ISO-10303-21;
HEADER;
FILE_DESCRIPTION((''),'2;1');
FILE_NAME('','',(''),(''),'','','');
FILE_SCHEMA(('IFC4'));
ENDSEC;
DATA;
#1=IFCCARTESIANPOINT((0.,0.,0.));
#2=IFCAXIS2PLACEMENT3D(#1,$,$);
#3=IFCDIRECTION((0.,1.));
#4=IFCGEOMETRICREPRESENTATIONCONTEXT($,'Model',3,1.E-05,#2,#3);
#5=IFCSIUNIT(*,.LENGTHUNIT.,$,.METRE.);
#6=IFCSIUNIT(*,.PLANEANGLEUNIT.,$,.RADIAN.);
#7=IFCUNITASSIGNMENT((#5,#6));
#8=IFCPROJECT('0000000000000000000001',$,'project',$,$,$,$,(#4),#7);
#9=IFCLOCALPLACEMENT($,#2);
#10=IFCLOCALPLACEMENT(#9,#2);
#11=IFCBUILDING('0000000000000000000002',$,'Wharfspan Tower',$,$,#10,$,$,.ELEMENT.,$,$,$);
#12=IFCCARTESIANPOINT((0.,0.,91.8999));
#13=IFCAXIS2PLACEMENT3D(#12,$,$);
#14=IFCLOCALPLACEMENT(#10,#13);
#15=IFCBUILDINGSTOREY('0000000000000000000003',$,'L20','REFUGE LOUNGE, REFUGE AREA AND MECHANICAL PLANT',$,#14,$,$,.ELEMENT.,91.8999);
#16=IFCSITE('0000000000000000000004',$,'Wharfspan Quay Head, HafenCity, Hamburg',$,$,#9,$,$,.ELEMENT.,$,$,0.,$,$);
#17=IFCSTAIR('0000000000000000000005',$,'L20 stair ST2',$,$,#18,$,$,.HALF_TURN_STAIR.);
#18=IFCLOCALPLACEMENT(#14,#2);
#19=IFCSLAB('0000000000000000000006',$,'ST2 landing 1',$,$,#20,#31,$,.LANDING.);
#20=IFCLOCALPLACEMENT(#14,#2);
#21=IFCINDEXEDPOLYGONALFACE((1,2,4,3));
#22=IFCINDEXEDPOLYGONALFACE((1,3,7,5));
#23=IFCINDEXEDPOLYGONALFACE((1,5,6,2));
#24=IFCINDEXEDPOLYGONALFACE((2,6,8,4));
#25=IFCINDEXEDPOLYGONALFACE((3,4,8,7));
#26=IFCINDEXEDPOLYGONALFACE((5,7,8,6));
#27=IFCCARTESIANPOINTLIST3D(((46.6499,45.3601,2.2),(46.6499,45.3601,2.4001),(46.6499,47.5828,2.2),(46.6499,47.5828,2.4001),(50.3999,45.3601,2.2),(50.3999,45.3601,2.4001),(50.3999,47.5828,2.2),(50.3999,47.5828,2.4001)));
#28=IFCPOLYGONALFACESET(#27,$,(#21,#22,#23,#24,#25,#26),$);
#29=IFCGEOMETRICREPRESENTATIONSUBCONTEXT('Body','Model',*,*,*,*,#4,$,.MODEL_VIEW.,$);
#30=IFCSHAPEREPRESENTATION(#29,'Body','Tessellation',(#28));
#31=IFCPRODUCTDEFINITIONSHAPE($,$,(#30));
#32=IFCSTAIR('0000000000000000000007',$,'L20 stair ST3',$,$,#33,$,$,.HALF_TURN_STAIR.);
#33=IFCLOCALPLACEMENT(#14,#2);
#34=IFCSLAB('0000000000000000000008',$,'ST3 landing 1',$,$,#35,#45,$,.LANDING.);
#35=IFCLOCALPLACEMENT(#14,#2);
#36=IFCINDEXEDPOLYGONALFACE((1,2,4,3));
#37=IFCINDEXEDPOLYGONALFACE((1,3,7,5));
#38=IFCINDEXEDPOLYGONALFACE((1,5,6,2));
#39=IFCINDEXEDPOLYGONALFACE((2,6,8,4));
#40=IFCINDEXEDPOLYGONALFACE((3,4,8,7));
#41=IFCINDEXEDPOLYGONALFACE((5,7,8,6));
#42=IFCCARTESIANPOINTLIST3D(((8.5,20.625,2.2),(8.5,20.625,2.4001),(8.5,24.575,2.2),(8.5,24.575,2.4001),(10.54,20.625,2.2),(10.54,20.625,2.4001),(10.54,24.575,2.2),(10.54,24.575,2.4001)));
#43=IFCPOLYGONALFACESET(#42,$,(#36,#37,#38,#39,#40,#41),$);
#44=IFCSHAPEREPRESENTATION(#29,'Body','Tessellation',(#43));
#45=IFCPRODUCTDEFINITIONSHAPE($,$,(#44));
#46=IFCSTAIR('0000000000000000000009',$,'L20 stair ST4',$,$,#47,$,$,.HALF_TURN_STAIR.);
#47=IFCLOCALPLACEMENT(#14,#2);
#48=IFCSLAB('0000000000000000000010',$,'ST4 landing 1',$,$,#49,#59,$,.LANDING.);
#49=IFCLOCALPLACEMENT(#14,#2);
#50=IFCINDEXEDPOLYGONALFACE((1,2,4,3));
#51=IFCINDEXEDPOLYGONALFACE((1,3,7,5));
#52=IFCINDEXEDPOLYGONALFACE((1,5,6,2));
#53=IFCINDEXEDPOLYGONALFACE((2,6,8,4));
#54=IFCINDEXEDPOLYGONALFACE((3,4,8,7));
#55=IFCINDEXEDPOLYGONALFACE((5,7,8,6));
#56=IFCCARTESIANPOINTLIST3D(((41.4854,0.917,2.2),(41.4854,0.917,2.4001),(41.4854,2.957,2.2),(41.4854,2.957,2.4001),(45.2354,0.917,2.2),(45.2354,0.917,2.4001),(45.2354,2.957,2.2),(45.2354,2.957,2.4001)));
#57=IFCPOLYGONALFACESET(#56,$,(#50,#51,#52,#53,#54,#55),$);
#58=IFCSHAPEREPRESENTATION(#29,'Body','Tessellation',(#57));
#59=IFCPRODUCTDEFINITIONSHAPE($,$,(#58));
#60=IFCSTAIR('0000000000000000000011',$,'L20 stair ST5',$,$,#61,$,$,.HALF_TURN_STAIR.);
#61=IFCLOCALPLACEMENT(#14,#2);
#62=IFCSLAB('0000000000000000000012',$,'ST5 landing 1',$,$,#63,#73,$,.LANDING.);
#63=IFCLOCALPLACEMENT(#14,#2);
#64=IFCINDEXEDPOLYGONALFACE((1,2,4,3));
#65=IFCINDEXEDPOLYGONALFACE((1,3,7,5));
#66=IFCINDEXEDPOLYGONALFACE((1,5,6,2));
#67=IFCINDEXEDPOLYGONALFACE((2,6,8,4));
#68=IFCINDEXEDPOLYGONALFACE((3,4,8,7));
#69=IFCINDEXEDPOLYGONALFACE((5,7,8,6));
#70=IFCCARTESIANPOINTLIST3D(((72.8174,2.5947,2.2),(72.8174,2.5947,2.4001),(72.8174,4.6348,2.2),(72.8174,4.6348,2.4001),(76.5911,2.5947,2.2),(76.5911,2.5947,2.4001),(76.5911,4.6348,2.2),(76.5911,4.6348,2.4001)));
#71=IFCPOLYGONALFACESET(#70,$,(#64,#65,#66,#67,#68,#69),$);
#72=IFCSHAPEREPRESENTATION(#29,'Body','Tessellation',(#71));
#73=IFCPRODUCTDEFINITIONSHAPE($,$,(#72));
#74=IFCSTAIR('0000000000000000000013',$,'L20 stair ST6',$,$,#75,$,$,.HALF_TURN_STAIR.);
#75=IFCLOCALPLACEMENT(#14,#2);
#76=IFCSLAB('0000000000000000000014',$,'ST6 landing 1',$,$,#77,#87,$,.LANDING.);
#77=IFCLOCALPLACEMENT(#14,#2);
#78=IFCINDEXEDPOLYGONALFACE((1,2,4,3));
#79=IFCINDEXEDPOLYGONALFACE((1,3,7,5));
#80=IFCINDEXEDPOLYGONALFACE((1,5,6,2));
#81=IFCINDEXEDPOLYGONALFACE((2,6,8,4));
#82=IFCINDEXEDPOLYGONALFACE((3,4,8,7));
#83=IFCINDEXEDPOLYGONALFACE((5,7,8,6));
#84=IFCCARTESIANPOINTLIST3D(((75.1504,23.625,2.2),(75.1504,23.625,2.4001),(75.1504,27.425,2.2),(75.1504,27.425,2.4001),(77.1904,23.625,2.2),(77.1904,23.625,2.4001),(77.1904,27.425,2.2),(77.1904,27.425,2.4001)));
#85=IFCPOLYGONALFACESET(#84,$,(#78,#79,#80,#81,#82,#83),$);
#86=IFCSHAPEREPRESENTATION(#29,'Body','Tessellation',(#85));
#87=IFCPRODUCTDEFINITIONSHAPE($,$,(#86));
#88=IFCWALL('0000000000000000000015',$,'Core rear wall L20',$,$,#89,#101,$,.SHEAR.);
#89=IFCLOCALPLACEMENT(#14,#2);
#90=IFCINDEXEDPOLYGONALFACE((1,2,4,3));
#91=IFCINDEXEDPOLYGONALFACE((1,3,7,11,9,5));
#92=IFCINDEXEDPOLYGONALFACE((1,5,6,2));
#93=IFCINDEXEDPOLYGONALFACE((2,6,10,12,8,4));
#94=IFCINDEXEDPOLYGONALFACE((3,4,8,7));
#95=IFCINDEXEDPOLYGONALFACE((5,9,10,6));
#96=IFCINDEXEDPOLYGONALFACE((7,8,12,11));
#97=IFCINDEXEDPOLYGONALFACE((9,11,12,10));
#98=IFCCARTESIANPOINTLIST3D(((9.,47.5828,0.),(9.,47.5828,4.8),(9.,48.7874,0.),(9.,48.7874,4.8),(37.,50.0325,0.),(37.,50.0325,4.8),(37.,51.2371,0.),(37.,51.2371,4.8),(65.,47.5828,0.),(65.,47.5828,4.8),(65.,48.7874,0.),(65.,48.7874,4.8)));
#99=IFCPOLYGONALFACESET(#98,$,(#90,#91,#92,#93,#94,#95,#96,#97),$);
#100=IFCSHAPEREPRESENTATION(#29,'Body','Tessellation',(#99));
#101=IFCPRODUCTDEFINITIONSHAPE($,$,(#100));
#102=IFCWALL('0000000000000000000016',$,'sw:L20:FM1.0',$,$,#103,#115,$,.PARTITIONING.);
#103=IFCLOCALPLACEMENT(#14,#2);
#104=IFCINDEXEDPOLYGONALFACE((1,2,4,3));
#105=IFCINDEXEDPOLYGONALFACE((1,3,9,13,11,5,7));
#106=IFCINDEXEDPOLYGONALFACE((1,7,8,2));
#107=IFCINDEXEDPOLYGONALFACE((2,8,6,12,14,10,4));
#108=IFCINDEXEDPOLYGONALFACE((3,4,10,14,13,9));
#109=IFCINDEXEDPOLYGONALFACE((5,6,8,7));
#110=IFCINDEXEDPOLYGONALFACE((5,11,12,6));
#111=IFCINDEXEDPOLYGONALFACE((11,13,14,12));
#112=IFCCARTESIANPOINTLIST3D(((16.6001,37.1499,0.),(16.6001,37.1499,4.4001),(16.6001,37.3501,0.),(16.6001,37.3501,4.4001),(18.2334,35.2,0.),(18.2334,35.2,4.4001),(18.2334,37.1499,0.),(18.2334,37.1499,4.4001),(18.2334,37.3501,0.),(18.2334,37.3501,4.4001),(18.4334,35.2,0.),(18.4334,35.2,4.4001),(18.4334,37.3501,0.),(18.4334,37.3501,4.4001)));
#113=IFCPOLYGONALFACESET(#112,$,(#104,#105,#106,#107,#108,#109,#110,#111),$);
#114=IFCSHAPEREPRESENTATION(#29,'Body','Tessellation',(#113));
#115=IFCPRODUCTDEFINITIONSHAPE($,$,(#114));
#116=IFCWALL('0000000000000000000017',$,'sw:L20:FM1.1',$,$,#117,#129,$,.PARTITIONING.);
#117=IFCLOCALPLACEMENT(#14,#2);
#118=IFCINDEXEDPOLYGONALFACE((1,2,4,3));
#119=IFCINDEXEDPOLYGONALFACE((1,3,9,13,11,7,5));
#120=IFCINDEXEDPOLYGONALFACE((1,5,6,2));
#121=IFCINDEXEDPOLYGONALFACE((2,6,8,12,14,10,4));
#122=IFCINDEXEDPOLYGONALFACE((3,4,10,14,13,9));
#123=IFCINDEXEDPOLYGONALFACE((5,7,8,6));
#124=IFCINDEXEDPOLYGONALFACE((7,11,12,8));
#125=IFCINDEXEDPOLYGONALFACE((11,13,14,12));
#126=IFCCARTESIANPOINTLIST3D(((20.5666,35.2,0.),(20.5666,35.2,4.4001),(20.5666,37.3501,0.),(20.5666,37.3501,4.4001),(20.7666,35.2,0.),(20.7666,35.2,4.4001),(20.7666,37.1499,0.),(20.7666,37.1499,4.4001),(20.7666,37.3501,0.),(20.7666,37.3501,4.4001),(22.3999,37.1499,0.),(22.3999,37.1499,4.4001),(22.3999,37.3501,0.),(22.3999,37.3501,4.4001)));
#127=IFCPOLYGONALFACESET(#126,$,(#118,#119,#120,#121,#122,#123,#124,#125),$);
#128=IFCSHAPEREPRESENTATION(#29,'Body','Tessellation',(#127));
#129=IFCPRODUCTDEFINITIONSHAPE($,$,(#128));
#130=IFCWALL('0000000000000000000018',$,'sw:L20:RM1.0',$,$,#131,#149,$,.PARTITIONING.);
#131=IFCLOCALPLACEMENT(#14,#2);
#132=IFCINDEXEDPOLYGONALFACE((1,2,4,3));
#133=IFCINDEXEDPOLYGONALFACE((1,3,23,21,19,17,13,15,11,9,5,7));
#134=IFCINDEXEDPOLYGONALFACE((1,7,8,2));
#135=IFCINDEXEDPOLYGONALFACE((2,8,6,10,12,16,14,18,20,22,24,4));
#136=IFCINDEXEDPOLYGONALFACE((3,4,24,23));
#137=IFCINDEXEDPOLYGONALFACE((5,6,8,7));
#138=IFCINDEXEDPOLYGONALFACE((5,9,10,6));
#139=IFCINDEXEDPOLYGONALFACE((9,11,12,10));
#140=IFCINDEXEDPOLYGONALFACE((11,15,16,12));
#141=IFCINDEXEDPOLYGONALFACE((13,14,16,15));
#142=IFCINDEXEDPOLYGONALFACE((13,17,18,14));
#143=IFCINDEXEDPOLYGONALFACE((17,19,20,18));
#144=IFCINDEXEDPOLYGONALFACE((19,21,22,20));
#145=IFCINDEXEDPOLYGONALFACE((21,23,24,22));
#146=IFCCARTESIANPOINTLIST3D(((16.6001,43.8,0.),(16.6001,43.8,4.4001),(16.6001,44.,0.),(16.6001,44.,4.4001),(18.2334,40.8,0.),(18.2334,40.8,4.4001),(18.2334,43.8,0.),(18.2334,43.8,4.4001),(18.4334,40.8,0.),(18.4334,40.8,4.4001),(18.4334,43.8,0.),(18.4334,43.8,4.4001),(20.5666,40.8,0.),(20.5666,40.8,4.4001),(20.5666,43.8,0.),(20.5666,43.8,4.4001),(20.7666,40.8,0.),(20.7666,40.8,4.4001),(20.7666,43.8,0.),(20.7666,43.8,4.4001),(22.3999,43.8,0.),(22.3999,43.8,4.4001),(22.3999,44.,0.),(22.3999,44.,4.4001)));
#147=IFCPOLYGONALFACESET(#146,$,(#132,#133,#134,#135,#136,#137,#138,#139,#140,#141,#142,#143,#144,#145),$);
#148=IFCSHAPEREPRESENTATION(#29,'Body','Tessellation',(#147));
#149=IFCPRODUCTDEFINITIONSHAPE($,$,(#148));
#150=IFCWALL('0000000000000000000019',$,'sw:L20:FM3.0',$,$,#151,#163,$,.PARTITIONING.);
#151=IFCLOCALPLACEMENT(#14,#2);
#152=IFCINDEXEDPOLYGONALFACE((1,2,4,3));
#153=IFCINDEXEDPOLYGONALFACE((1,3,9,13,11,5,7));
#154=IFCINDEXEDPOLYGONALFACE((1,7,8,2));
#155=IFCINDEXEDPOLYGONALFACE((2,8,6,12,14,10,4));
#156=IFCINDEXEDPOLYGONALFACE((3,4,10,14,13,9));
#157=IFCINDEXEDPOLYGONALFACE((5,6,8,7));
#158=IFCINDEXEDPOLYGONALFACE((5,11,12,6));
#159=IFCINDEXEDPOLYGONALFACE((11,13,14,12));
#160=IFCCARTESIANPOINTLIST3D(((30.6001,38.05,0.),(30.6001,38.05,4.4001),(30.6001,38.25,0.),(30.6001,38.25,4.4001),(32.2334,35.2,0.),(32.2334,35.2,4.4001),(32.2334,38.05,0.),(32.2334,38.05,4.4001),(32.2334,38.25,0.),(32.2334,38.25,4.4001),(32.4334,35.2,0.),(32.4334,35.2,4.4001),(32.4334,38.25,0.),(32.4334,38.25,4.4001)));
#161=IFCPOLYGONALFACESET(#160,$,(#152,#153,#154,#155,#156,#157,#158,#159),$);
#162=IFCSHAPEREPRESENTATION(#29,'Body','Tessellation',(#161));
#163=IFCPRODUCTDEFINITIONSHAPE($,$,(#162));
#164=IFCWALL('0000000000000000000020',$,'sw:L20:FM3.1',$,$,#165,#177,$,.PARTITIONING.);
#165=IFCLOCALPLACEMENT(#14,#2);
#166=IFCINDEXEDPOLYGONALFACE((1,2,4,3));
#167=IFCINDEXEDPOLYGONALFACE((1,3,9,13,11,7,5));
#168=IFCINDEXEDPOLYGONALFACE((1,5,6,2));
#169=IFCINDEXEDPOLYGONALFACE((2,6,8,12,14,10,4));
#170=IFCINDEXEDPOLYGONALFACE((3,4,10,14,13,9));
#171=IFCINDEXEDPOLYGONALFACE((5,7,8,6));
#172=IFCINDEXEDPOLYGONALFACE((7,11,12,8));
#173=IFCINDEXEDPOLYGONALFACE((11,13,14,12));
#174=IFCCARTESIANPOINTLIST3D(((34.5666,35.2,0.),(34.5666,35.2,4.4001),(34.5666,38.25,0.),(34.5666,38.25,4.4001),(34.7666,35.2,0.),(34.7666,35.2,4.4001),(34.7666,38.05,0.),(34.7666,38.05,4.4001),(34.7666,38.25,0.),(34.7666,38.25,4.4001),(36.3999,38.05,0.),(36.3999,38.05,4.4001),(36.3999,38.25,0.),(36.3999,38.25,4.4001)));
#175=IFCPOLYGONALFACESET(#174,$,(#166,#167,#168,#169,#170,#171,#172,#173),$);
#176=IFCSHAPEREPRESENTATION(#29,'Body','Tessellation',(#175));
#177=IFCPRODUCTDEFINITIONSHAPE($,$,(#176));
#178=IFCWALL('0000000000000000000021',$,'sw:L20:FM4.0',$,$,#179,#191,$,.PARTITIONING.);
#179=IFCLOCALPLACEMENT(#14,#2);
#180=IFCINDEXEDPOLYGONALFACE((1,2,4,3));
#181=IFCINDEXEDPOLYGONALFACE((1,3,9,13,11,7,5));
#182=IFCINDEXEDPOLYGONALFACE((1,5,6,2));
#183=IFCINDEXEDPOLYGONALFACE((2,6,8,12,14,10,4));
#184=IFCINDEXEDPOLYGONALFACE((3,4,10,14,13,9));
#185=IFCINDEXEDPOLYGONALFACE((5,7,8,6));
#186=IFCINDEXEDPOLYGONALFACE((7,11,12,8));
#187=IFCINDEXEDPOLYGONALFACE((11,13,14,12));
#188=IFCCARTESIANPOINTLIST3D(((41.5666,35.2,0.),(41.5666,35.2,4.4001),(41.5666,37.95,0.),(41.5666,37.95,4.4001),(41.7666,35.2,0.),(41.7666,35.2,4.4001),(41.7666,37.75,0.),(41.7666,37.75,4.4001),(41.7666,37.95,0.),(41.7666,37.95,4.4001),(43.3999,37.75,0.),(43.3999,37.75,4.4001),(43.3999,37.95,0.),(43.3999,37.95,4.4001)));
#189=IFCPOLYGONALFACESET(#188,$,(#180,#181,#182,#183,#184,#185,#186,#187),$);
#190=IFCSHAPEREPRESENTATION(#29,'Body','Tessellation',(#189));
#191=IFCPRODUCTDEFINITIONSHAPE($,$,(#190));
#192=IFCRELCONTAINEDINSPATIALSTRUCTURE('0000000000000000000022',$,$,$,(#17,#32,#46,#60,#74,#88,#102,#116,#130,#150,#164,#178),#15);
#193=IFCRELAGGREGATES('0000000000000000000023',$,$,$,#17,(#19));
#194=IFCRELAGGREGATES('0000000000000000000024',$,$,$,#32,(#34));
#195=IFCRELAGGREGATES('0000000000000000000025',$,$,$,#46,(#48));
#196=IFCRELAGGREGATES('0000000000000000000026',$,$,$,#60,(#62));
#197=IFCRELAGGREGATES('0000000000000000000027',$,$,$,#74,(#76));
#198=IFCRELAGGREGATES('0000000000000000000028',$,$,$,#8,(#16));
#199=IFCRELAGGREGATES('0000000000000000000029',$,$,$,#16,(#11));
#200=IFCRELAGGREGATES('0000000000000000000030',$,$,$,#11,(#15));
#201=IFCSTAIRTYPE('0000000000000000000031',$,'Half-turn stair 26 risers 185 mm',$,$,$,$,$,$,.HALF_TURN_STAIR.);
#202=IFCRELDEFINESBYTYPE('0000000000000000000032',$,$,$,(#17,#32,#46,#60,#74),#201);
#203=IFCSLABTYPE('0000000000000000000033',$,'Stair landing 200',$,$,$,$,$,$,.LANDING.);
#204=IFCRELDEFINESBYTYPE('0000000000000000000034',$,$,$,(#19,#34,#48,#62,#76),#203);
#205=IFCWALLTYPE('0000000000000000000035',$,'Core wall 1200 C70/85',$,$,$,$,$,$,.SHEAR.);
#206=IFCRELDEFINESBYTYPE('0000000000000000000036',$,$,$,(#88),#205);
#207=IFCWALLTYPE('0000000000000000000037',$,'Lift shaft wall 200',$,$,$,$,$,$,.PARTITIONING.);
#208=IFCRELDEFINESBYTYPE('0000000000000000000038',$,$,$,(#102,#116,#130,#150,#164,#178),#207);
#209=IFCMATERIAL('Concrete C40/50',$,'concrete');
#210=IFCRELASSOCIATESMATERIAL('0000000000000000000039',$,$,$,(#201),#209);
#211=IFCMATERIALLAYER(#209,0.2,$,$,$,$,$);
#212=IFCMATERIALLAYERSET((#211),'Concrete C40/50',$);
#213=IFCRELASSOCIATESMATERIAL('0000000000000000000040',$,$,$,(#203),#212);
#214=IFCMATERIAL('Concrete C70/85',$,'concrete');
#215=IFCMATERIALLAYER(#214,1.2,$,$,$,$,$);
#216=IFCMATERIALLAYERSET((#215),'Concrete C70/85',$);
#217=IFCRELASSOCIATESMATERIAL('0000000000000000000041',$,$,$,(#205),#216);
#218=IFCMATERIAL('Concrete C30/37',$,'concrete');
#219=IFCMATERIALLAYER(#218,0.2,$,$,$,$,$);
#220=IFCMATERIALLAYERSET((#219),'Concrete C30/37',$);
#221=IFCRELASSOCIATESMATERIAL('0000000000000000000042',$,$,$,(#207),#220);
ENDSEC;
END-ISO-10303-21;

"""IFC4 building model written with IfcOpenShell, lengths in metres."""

from ifc_helpers import new_model, si_unit, direction, frame, origin, place, context, subcontext, project, spatial, polyline, outline, extrude, material, layer, layer_set, type_object, element, aggregate, save


model = new_model("IFC4")

# Units and contexts
model_context = context("Model", 3, precision=1e-05, world=origin(), true_north=direction((0.0, 1.0)))
body_context = subcontext(model_context, "Body", "Model", "MODEL_VIEW")
ifc_project = project(units=[si_unit("LENGTHUNIT", "METRE"), si_unit("PLANEANGLEUNIT", "RADIAN")], contexts=[model_context])

# Site, building, storey
site_placement = place(None, origin())
site = spatial("IfcSite", under=ifc_project, at=site_placement, Name="Wharfspan Quay Head, HafenCity, Hamburg", CompositionType="ELEMENT", RefElevation=0.0)
building_placement = place(site_placement, origin())
building = spatial("IfcBuilding", under=site, at=building_placement, Name="Wharfspan Tower", CompositionType="ELEMENT")
storey_placement = place(building_placement, frame((0.0, 0.0, 91.8999)))
storey = spatial("IfcBuildingStorey", under=building, at=storey_placement, Name="L20", Description="REFUGE LOUNGE, REFUGE AREA AND MECHANICAL PLANT", CompositionType="ELEMENT", Elevation=91.8999)

# Shared definitions
ifc_material_1 = material(Name="Concrete C40/50", Category="concrete")

# Stairs, slabs
stair_type = type_object("IfcStairType", Name="Half-turn stair 26 risers 185 mm", PredefinedType="HALF_TURN_STAIR", material=ifc_material_1)
ifc_layer_1 = layer(ifc_material_1, 0.2)
ifc_layer_set_1 = layer_set([ifc_layer_1], Name="Concrete C40/50")
slab_type_1 = type_object("IfcSlabType", Name="Stair landing 200", PredefinedType="LANDING", material=ifc_layer_set_1)
stair_1_placement = place(storey_placement, origin())
stair_1 = element("IfcStair", 1, at=stair_1_placement, inside=storey, type_object=stair_type, Name="L20 stair ST2", PredefinedType="HALF_TURN_STAIR")
slab_1_placement = place(storey_placement, frame((0.0, 0.0, 2.2)))
slab_1 = element("IfcSlab", 2, at=slab_1_placement, type_object=slab_type_1, Name="ST2 landing 1", PredefinedType="LANDING", context=body_context, shape_type="SweptSolid", body=[
    extrude(outline(polyline([(46.6499, 45.3601), (50.3999, 45.3601), (50.3999, 47.5828), (46.6499, 47.5828), (46.6499, 45.3601)])), origin(), (0.0, 0.0, 1.0), 0.2002),
])
aggregate(stair_1, [slab_1])
stair_2_placement = place(storey_placement, origin())
stair_2 = element("IfcStair", 3, at=stair_2_placement, inside=storey, type_object=stair_type, Name="L20 stair ST3", PredefinedType="HALF_TURN_STAIR")
slab_2_placement = place(storey_placement, frame((0.0, 0.0, 2.2)))
slab_2 = element("IfcSlab", 4, at=slab_2_placement, type_object=slab_type_1, Name="ST3 landing 1", PredefinedType="LANDING", context=body_context, shape_type="SweptSolid", body=[
    extrude(outline(polyline([(8.5, 20.625), (10.54, 20.625), (10.54, 24.575), (8.5, 24.575), (8.5, 20.625)])), origin(), (0.0, 0.0, 1.0), 0.2002),
])
aggregate(stair_2, [slab_2])
stair_3_placement = place(storey_placement, origin())
stair_3 = element("IfcStair", 5, at=stair_3_placement, inside=storey, type_object=stair_type, Name="L20 stair ST4", PredefinedType="HALF_TURN_STAIR")
slab_3_placement = place(storey_placement, frame((0.0, 0.0, 2.2)))
slab_3 = element("IfcSlab", 6, at=slab_3_placement, type_object=slab_type_1, Name="ST4 landing 1", PredefinedType="LANDING", context=body_context, shape_type="SweptSolid", body=[
    extrude(outline(polyline([(41.4854, 2.957), (41.4854, 0.917), (45.2354, 0.917), (45.2354, 2.957), (41.4854, 2.957)])), origin(), (0.0, 0.0, 1.0), 0.2002),
])
aggregate(stair_3, [slab_3])
stair_4_placement = place(storey_placement, origin())
stair_4 = element("IfcStair", 7, at=stair_4_placement, inside=storey, type_object=stair_type, Name="L20 stair ST5", PredefinedType="HALF_TURN_STAIR")
slab_4_placement = place(storey_placement, frame((0.0, 0.0, 2.2)))
slab_4 = element("IfcSlab", 8, at=slab_4_placement, type_object=slab_type_1, Name="ST5 landing 1", PredefinedType="LANDING", context=body_context, shape_type="SweptSolid", body=[
    extrude(outline(polyline([(72.8174, 2.5947), (76.5911, 2.5947), (76.5911, 4.6348), (72.8174, 4.6348), (72.8174, 2.5947)])), origin(), (0.0, 0.0, 1.0), 0.2002),
])
aggregate(stair_4, [slab_4])
stair_5_placement = place(storey_placement, origin())
stair_5 = element("IfcStair", 9, at=stair_5_placement, inside=storey, type_object=stair_type, Name="L20 stair ST6", PredefinedType="HALF_TURN_STAIR")
slab_5_placement = place(storey_placement, frame((0.0, 0.0, 2.2)))
slab_5 = element("IfcSlab", 10, at=slab_5_placement, type_object=slab_type_1, Name="ST6 landing 1", PredefinedType="LANDING", context=body_context, shape_type="SweptSolid", body=[
    extrude(outline(polyline([(75.1504, 23.625), (77.1904, 23.625), (77.1904, 27.425), (75.1504, 27.425), (75.1504, 23.625)])), origin(), (0.0, 0.0, 1.0), 0.2002),
])
aggregate(stair_5, [slab_5])

# Walls
ifc_material_2 = material(Name="Concrete C70/85", Category="concrete")
ifc_layer_2 = layer(ifc_material_2, 1.2)
ifc_layer_set_2 = layer_set([ifc_layer_2], Name="Concrete C70/85")
wall_type_1 = type_object("IfcWallType", Name="Core wall 1200 C70/85", PredefinedType="SHEAR", material=ifc_layer_set_2)
wall_1_placement = place(storey_placement, origin())
element("IfcWall", 11, at=wall_1_placement, inside=storey, type_object=wall_type_1, Name="Core rear wall L20", PredefinedType="SHEAR", context=body_context, shape_type="SweptSolid", body=[
    extrude(outline(polyline([(9.0, 47.5828), (37.0, 50.0325), (65.0, 47.5828), (65.0, 48.7874), (37.0, 51.2371), (9.0, 48.7874), (9.0, 47.5828)])), origin(), (0.0, 0.0, 1.0), 4.8),
])
ifc_material_3 = material(Name="Concrete C30/37", Category="concrete")
ifc_layer_3 = layer(ifc_material_3, 0.2)
ifc_layer_set_3 = layer_set([ifc_layer_3], Name="Concrete C30/37")
wall_type_2 = type_object("IfcWallType", Name="Lift shaft wall 200", PredefinedType="PARTITIONING", material=ifc_layer_set_3)
wall_2_placement = place(storey_placement, origin())
element("IfcWall", 12, at=wall_2_placement, inside=storey, type_object=wall_type_2, Name="sw:L20:FM1.0", PredefinedType="PARTITIONING", context=body_context, shape_type="SweptSolid", body=[
    extrude(outline(polyline([(18.2334, 37.1499), (16.6001, 37.1499), (16.6001, 37.3501), (18.2334, 37.3501), (18.4334, 37.3501), (18.4334, 35.2), (18.2334, 35.2), (18.2334, 37.1499)])), origin(), (0.0, 0.0, 1.0), 4.4001),
])
wall_3_placement = place(storey_placement, origin())
element("IfcWall", 13, at=wall_3_placement, inside=storey, type_object=wall_type_2, Name="sw:L20:FM1.1", PredefinedType="PARTITIONING", context=body_context, shape_type="SweptSolid", body=[
    extrude(outline(polyline([(20.5666, 37.3501), (20.7666, 37.3501), (22.3999, 37.3501), (22.3999, 37.1499), (20.7666, 37.1499), (20.7666, 35.2), (20.5666, 35.2), (20.5666, 37.3501)])), origin(), (0.0, 0.0, 1.0), 4.4001),
])
wall_4_placement = place(storey_placement, origin())
element("IfcWall", 14, at=wall_4_placement, inside=storey, type_object=wall_type_2, Name="sw:L20:RM1.0", PredefinedType="PARTITIONING", context=body_context, shape_type="SweptSolid", body=[
    extrude(outline(polyline([(18.4334, 40.8), (18.2334, 40.8), (18.2334, 43.8), (16.6001, 43.8), (16.6001, 44.0), (22.3999, 44.0), (22.3999, 43.8), (20.7666, 43.8), (20.7666, 40.8), (20.5666, 40.8), (20.5666, 43.8), (18.4334, 43.8), (18.4334, 40.8)])), origin(), (0.0, 0.0, 1.0), 4.4001),
])
wall_5_placement = place(storey_placement, origin())
element("IfcWall", 15, at=wall_5_placement, inside=storey, type_object=wall_type_2, Name="sw:L20:FM3.0", PredefinedType="PARTITIONING", context=body_context, shape_type="SweptSolid", body=[
    extrude(outline(polyline([(32.2334, 38.05), (30.6001, 38.05), (30.6001, 38.25), (32.2334, 38.25), (32.4333, 38.25), (32.4333, 35.2), (32.2334, 35.2), (32.2334, 38.05)])), origin(), (0.0, 0.0, 1.0), 4.4001),
])
wall_6_placement = place(storey_placement, origin())
element("IfcWall", 16, at=wall_6_placement, inside=storey, type_object=wall_type_2, Name="sw:L20:FM3.1", PredefinedType="PARTITIONING", context=body_context, shape_type="SweptSolid", body=[
    extrude(outline(polyline([(34.5667, 38.25), (34.7666, 38.25), (36.3999, 38.25), (36.3999, 38.05), (34.7666, 38.05), (34.7666, 35.2), (34.5667, 35.2), (34.5667, 38.25)])), origin(), (0.0, 0.0, 1.0), 4.4001),
])
wall_7_placement = place(storey_placement, origin())
element("IfcWall", 17, at=wall_7_placement, inside=storey, type_object=wall_type_2, Name="sw:L20:FM4.0", PredefinedType="PARTITIONING", context=body_context, shape_type="SweptSolid", body=[
    extrude(outline(polyline([(41.5667, 37.95), (41.7666, 37.95), (43.3999, 37.95), (43.3999, 37.75), (41.7666, 37.75), (41.7666, 35.2), (41.5667, 35.2), (41.5667, 37.95)])), origin(), (0.0, 0.0, 1.0), 4.4001),
])

save(model, "model.ifc")
